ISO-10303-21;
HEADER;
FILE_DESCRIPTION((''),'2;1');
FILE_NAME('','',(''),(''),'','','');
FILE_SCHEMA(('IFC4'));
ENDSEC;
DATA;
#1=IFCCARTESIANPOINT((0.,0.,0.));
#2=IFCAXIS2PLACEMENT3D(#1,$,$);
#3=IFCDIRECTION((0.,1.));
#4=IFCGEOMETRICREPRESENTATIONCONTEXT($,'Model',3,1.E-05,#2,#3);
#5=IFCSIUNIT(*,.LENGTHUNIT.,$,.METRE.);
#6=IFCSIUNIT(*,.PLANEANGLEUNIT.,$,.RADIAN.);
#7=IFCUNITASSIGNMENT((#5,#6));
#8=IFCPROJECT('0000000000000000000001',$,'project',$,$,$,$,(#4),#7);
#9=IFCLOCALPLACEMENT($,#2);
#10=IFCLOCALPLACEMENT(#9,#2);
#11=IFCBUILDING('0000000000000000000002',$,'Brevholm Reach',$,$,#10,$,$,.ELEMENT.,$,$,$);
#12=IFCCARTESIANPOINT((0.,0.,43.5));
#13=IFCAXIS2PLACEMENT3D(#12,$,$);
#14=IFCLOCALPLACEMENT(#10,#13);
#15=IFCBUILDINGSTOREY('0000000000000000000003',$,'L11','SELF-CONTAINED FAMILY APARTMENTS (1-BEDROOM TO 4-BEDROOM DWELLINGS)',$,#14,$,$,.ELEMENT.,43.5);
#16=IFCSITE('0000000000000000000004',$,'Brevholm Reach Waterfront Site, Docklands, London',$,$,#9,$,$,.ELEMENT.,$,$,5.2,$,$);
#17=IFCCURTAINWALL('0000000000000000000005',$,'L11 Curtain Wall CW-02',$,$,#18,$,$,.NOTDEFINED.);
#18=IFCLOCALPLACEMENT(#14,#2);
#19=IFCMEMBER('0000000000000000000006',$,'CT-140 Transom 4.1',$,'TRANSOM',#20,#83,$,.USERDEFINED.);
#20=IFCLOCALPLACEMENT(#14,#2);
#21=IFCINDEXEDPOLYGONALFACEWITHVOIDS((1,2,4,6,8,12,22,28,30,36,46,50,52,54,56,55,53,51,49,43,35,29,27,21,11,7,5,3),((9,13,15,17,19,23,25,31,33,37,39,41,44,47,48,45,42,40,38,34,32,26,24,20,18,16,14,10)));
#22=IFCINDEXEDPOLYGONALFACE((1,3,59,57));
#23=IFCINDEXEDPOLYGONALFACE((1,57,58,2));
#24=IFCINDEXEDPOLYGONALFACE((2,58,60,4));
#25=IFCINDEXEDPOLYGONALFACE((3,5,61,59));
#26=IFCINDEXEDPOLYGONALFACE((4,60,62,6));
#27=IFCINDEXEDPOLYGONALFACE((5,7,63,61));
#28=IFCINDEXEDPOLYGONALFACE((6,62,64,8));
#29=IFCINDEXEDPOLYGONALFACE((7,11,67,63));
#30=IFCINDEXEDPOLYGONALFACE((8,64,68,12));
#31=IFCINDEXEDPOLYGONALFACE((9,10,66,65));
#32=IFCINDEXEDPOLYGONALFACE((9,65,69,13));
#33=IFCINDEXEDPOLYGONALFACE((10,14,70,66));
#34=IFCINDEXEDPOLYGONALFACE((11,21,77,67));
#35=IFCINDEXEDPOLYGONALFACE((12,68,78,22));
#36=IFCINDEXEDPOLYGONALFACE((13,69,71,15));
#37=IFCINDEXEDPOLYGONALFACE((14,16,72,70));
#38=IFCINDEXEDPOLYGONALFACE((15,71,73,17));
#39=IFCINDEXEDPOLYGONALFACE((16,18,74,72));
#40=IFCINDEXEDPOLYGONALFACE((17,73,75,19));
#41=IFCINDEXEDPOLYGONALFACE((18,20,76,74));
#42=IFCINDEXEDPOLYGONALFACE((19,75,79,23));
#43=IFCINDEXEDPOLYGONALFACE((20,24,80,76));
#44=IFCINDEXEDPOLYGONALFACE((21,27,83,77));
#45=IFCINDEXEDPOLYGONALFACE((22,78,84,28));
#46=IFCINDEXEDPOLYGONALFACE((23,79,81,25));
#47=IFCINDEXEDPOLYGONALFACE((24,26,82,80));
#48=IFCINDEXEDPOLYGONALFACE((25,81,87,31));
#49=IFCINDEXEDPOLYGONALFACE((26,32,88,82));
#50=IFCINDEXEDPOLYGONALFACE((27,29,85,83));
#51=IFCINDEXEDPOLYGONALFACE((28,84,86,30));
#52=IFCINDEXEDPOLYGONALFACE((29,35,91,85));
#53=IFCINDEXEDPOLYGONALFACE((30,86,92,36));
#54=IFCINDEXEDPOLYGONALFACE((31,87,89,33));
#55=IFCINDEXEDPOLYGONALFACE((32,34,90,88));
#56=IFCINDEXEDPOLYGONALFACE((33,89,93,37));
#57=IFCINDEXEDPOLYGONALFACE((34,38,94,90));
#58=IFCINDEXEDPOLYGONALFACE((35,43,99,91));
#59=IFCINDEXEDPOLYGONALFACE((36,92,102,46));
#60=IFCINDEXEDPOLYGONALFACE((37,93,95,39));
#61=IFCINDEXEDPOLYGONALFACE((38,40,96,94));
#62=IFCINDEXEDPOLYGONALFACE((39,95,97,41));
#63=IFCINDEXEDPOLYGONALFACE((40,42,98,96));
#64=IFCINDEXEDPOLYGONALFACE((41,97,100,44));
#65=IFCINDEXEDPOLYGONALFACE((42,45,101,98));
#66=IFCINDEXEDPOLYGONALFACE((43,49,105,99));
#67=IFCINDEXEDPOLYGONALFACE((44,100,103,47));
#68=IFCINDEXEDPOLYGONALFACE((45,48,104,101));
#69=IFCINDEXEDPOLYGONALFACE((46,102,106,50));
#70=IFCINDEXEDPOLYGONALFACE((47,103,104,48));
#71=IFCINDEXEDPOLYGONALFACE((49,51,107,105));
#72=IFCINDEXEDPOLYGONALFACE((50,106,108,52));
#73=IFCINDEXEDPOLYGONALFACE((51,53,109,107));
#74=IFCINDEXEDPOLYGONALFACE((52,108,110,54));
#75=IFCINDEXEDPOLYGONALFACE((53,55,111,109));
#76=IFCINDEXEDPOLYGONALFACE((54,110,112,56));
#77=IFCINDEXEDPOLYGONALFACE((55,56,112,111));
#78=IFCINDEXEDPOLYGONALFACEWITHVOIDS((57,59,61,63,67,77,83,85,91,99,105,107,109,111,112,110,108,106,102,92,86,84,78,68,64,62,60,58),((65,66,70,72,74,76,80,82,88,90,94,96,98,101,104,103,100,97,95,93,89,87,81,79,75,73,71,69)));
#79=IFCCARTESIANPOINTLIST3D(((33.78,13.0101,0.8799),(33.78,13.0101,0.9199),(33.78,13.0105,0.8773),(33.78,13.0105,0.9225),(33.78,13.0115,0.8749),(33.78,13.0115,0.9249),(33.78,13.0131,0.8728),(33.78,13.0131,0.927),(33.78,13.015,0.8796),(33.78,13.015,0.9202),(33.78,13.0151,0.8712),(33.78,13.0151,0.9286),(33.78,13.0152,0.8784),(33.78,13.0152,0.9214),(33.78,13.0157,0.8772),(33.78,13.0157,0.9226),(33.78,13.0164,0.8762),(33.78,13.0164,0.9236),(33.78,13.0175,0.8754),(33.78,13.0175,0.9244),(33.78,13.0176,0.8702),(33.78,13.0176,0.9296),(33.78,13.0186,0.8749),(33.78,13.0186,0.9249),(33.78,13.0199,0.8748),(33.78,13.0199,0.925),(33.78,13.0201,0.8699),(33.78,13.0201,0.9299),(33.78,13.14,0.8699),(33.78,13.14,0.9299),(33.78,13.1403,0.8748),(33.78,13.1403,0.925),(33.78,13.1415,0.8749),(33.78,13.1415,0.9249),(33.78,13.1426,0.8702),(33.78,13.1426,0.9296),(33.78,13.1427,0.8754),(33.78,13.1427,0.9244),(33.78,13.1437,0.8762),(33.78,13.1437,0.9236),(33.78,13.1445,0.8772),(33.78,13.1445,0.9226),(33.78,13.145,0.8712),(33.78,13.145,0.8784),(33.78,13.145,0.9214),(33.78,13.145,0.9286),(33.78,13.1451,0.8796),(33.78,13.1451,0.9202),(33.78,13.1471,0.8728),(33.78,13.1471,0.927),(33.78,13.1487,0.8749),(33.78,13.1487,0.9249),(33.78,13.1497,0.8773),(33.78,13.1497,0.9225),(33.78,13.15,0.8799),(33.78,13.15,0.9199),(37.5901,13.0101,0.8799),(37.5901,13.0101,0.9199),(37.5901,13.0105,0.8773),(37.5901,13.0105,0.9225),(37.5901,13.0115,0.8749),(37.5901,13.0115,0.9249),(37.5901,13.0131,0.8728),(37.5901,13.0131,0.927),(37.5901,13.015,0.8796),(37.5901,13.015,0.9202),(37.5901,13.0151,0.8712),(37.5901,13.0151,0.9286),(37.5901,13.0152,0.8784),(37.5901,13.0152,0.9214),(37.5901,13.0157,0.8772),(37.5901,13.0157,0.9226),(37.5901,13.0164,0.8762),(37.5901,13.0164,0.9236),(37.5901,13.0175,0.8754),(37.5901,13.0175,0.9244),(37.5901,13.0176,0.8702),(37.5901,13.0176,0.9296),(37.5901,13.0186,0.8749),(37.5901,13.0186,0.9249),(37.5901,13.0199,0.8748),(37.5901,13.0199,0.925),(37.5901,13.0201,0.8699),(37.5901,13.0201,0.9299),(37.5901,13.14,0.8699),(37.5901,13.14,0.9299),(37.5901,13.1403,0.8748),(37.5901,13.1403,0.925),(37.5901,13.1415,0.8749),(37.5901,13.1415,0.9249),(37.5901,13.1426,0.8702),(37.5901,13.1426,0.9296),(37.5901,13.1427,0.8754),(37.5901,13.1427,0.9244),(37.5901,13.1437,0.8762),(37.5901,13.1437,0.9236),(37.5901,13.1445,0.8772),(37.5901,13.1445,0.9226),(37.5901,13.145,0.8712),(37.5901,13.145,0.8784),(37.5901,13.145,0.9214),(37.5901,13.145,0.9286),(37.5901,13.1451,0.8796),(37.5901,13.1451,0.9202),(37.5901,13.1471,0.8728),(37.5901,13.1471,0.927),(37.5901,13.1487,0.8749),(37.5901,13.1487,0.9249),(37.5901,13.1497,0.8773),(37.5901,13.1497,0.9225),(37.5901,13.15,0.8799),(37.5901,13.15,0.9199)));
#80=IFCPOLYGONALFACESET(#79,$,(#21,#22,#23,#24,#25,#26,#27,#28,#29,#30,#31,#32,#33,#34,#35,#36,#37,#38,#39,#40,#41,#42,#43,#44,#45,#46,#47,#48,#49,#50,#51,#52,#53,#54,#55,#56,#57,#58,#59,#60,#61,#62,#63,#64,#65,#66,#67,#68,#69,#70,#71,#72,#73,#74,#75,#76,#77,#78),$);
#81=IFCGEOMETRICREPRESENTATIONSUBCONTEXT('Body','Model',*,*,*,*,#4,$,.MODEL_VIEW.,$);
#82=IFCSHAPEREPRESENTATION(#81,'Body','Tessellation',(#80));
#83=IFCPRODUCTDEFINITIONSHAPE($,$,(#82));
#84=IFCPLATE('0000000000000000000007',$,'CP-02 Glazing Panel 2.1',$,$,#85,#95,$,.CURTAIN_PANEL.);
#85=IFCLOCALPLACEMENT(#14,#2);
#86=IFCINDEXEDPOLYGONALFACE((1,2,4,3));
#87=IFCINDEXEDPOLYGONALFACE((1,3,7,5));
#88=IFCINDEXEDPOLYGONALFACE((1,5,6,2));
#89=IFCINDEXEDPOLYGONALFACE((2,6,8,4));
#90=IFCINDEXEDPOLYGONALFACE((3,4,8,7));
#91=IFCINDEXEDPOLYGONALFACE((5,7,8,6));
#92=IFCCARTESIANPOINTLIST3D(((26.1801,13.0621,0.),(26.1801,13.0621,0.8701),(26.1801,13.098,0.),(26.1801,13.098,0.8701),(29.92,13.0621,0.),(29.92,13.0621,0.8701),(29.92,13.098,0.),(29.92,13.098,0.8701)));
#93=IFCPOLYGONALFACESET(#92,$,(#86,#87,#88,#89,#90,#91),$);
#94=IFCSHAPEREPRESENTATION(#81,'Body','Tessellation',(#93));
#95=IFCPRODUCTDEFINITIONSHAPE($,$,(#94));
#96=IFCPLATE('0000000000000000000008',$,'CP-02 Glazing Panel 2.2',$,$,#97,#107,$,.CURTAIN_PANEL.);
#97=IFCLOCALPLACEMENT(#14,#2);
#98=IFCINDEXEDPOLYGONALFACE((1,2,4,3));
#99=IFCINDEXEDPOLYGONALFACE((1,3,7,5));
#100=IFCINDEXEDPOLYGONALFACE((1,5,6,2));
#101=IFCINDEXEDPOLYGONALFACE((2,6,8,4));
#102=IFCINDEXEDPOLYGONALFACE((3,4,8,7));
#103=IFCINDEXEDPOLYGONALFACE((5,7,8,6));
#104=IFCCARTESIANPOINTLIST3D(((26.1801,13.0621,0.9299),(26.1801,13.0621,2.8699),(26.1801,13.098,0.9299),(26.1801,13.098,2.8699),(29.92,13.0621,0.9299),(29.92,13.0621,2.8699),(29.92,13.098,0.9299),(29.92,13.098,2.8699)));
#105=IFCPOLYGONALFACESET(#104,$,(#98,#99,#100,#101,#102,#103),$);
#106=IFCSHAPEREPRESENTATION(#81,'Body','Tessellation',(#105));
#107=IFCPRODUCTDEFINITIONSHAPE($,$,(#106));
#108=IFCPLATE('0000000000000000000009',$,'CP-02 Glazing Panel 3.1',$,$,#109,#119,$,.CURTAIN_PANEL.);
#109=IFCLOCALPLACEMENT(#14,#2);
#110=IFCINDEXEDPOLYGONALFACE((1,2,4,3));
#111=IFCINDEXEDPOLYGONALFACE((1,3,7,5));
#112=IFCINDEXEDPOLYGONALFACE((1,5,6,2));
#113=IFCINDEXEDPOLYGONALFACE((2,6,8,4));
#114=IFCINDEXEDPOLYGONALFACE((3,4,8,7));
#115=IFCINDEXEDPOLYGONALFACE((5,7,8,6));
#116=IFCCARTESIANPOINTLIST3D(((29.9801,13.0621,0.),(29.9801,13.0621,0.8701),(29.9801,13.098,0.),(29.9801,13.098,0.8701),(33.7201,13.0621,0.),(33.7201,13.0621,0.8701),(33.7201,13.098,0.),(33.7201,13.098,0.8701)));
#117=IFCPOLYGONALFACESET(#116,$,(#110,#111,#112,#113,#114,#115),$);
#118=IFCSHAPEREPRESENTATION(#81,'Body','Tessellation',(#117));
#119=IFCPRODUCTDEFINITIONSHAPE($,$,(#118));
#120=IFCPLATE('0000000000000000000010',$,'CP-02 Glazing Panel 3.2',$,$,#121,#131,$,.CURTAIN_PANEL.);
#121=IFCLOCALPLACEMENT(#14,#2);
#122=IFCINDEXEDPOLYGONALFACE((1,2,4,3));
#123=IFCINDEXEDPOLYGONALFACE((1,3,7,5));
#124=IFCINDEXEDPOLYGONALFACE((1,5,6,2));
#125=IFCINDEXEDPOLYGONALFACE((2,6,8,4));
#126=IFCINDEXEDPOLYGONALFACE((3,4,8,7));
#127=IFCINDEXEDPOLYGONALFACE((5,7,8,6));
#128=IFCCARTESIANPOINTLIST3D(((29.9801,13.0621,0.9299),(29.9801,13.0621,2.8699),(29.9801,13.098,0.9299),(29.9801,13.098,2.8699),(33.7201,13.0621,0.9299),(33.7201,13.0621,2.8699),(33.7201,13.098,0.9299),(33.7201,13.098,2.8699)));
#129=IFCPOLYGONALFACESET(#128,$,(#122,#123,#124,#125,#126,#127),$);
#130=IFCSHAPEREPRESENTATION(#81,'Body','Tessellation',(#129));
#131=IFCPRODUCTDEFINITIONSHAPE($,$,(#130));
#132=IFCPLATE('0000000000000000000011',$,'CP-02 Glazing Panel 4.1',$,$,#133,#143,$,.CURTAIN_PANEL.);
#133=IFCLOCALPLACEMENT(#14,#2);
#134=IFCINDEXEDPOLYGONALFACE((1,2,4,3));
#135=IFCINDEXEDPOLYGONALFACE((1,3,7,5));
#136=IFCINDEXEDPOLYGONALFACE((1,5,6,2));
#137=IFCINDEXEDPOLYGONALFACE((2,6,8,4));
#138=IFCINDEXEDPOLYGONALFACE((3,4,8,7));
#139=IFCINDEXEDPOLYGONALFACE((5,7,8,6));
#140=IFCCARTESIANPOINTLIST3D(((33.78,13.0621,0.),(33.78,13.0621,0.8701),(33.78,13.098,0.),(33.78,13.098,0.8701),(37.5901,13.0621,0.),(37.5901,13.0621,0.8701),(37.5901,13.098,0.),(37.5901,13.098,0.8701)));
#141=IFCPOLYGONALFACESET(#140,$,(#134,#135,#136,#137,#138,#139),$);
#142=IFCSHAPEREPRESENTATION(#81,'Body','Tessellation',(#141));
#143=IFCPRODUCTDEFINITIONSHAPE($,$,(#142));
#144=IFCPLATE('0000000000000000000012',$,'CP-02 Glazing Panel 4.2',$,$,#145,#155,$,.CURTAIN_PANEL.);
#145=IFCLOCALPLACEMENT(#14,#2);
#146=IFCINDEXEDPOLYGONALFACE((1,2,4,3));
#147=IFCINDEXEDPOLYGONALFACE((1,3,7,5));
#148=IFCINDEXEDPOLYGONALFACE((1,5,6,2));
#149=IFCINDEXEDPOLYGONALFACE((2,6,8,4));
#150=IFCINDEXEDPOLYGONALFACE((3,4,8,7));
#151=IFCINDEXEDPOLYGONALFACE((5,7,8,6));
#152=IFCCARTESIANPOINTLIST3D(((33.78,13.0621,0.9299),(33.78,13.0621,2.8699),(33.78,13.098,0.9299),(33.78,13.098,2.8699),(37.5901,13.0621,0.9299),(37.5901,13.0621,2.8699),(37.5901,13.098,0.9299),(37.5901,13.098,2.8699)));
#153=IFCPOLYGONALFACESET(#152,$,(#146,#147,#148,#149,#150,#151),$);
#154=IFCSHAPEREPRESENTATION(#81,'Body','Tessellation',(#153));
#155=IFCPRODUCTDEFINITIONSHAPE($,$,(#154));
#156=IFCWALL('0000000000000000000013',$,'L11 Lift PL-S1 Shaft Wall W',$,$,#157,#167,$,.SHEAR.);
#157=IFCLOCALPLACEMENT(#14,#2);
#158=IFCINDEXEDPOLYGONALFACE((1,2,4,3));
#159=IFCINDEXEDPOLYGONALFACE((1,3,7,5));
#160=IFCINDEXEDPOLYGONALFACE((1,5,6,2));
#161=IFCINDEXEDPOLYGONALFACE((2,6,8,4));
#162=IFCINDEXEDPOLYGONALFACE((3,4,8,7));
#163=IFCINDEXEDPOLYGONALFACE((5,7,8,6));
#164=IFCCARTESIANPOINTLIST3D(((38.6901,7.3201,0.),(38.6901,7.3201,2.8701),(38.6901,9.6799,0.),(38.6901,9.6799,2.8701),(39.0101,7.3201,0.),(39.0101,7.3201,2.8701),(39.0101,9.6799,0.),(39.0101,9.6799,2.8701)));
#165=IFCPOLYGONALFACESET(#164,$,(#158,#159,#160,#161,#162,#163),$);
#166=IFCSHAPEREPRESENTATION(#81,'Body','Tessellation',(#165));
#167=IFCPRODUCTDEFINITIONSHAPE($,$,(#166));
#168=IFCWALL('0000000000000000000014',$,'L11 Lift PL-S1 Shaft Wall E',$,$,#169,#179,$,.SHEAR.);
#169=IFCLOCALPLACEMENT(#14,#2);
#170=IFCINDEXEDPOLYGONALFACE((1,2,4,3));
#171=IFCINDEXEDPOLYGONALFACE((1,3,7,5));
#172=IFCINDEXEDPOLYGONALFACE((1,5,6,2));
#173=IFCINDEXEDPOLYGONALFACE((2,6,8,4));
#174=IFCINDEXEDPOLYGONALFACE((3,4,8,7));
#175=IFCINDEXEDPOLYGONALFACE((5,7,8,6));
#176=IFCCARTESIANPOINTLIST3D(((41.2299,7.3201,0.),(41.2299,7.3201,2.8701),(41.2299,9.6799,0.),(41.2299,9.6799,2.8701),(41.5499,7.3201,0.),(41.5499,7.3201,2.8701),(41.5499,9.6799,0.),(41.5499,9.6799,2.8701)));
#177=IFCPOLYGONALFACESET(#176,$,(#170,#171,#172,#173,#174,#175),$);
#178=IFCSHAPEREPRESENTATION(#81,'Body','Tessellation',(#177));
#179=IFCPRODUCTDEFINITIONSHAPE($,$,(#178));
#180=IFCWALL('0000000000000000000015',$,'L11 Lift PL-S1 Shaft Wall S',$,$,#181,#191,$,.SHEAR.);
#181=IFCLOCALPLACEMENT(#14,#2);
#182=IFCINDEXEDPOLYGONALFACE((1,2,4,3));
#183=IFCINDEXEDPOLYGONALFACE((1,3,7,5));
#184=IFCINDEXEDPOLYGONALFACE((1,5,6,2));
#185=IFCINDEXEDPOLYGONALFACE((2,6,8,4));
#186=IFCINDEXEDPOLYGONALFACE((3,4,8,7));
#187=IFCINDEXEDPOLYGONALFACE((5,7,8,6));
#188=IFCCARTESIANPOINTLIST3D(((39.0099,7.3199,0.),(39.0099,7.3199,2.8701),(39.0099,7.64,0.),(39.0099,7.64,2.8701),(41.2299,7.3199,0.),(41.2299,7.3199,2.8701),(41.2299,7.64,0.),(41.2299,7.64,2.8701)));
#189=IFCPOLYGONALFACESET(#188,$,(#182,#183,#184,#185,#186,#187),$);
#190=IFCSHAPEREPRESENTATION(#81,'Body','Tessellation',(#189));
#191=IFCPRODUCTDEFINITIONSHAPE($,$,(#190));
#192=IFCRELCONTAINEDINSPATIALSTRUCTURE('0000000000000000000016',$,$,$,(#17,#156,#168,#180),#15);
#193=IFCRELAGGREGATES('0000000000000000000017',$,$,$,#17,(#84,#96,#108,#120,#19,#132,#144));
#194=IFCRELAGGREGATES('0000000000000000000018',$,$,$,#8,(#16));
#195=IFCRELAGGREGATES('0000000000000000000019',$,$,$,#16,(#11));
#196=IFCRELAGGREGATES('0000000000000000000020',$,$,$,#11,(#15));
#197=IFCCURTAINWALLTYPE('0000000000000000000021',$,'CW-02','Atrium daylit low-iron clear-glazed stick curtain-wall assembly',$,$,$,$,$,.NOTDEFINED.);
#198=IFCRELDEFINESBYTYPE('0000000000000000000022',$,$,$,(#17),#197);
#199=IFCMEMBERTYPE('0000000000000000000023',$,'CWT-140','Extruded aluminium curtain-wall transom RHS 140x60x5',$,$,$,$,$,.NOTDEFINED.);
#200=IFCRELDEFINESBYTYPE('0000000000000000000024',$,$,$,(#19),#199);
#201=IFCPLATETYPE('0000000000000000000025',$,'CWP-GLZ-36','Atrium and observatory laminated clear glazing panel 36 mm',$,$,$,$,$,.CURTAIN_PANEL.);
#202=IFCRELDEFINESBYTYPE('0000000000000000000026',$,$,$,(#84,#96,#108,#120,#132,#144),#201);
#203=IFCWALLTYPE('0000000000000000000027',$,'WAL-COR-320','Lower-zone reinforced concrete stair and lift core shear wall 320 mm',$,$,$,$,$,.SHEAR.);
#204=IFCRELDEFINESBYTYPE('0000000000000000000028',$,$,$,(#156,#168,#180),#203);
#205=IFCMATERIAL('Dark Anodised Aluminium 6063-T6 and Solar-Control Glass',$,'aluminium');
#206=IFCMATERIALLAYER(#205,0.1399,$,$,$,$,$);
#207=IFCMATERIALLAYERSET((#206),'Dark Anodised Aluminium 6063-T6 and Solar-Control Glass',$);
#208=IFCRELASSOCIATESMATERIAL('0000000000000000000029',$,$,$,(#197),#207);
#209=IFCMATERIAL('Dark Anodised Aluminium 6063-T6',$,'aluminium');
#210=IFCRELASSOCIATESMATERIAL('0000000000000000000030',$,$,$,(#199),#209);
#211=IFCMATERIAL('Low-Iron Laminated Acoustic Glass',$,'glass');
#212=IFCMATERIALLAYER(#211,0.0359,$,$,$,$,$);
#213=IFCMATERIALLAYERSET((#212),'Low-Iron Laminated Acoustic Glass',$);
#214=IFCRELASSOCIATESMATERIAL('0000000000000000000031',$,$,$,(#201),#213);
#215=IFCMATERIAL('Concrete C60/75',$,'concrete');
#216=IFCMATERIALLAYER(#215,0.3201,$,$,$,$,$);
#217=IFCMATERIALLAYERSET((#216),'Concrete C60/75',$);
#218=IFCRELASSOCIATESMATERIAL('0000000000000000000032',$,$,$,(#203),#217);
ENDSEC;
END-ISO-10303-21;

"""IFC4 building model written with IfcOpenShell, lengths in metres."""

from ifc_helpers import new_model, si_unit, direction, frame, frame_2d, origin, origin_2d, place, context, subcontext, project, spatial, rectangle, hollow_rectangle, extrude, material, layer, layer_set, material_profile, profile_set, type_object, element, aggregate, save


model = new_model("IFC4")

# Units and contexts
model_context = context("Model", 3, precision=1e-05, world=origin(), true_north=direction((0.0, 1.0)))
body_context = subcontext(model_context, "Body", "Model", "MODEL_VIEW")
ifc_project = project(units=[si_unit("LENGTHUNIT", "METRE"), si_unit("PLANEANGLEUNIT", "RADIAN")], contexts=[model_context])

# Site, building, storey
site_placement = place(None, origin())
site = spatial("IfcSite", under=ifc_project, at=site_placement, Name="Brevholm Reach Waterfront Site, Docklands, London", CompositionType="ELEMENT", RefElevation=5.2)
building_placement = place(site_placement, origin())
building = spatial("IfcBuilding", under=site, at=building_placement, Name="Brevholm Reach", CompositionType="ELEMENT")
storey_placement = place(building_placement, frame((0.0, 0.0, 43.5)))
storey = spatial("IfcBuildingStorey", under=building, at=storey_placement, Name="L11", Description="SELF-CONTAINED FAMILY APARTMENTS (1-BEDROOM TO 4-BEDROOM DWELLINGS)", CompositionType="ELEMENT", Elevation=43.5)

# Curtain wall, member, plates
ifc_material_1 = material(Name="Dark Anodised Aluminium 6063-T6 and Solar-Control Glass", Category="aluminium")
ifc_layer_1 = layer(ifc_material_1, 0.1399)
ifc_layer_set_1 = layer_set([ifc_layer_1], Name="Dark Anodised Aluminium 6063-T6 and Solar-Control Glass")
curtain_wall_type = type_object("IfcCurtainWallType", Name="CW-02", Description="Atrium daylit low-iron clear-glazed stick curtain-wall assembly", PredefinedType="NOTDEFINED", material=ifc_layer_set_1)
curtain_wall_placement = place(storey_placement, origin())
curtain_wall = element("IfcCurtainWall", 1, at=curtain_wall_placement, inside=storey, type_object=curtain_wall_type, Name="L11 Curtain Wall CW-02", PredefinedType="NOTDEFINED")
ifc_material_2 = material(Name="Dark Anodised Aluminium 6063-T6", Category="aluminium")
ifc_material_profile_1 = material_profile(ifc_material_2, hollow_rectangle(XDim=0.0601, YDim=0.1399, WallThickness=0.0049, InnerFilletRadius=0.0049, OuterFilletRadius=0.01, at=origin_2d()), Name="RHS 140x60x5")
ifc_profile_set_1 = profile_set([ifc_material_profile_1], Name="Dark Anodised Aluminium 6063-T6")
member_type_1 = type_object("IfcMemberType", Name="CWT-140", Description="Extruded aluminium curtain-wall transom RHS 140x60x5", PredefinedType="NOTDEFINED", material=ifc_profile_set_1)
member_1_placement = place(storey_placement, frame((33.78, 13.0801, 0.8999), z_axis=(1.0, 0.0, 0.0), x_axis=(0.0, 0.0, 1.0)))
member_1 = element("IfcMember", 2, at=member_1_placement, type_object=member_type_1, Name="CT-140 Transom 4.1", ObjectType="TRANSOM", PredefinedType="USERDEFINED", context=body_context, shape_type="SweptSolid", body=[
    extrude(hollow_rectangle(XDim=0.0601, YDim=0.1399, WallThickness=0.0049, InnerFilletRadius=0.0049, OuterFilletRadius=0.01, at=origin_2d()), origin(), (0.0, 0.0, 1.0), 3.8101),
])
ifc_material_3 = material(Name="Low-Iron Laminated Acoustic Glass", Category="glass")
ifc_layer_2 = layer(ifc_material_3, 0.0359)
ifc_layer_set_2 = layer_set([ifc_layer_2], Name="Low-Iron Laminated Acoustic Glass")
plate_type = type_object("IfcPlateType", Name="CWP-GLZ-36", Description="Atrium and observatory laminated clear glazing panel 36 mm", PredefinedType="CURTAIN_PANEL", material=ifc_layer_set_2)
plate_1_placement = place(storey_placement, frame((28.05, 13.0801, 0.0), z_axis=(0.0, 0.0, 1.0), x_axis=(1.0, 0.0, 0.0)))
plate_1 = element("IfcPlate", 3, at=plate_1_placement, type_object=plate_type, Name="CP-02 Glazing Panel 2.1", PredefinedType="CURTAIN_PANEL", context=body_context, shape_type="SweptSolid", body=[
    extrude(rectangle(XDim=3.74, YDim=0.0359, at=origin_2d()), origin(), (0.0, 0.0, 1.0), 0.8701),
])
plate_2_placement = place(storey_placement, frame((28.05, 13.0801, 0.9299), z_axis=(0.0, 0.0, 1.0), x_axis=(1.0, 0.0, 0.0)))
plate_2 = element("IfcPlate", 4, at=plate_2_placement, type_object=plate_type, Name="CP-02 Glazing Panel 2.2", PredefinedType="CURTAIN_PANEL", context=body_context, shape_type="SweptSolid", body=[
    extrude(rectangle(XDim=3.74, YDim=0.0359, at=origin_2d()), origin(), (0.0, 0.0, 1.0), 1.9399),
])
plate_3_placement = place(storey_placement, frame((31.8501, 13.0801, 0.0), z_axis=(0.0, 0.0, 1.0), x_axis=(1.0, 0.0, 0.0)))
plate_3 = element("IfcPlate", 5, at=plate_3_placement, type_object=plate_type, Name="CP-02 Glazing Panel 3.1", PredefinedType="CURTAIN_PANEL", context=body_context, shape_type="SweptSolid", body=[
    extrude(rectangle(XDim=3.74, YDim=0.0359, at=origin_2d()), origin(), (0.0, 0.0, 1.0), 0.8701),
])
plate_4_placement = place(storey_placement, frame((31.8501, 13.0801, 0.9299), z_axis=(0.0, 0.0, 1.0), x_axis=(1.0, 0.0, 0.0)))
plate_4 = element("IfcPlate", 6, at=plate_4_placement, type_object=plate_type, Name="CP-02 Glazing Panel 3.2", PredefinedType="CURTAIN_PANEL", context=body_context, shape_type="SweptSolid", body=[
    extrude(rectangle(XDim=3.74, YDim=0.0359, at=origin_2d()), origin(), (0.0, 0.0, 1.0), 1.9399),
])
plate_5_placement = place(storey_placement, frame((35.6851, 13.0801, 0.0), z_axis=(0.0, 0.0, 1.0), x_axis=(1.0, 0.0, 0.0)))
plate_5 = element("IfcPlate", 7, at=plate_5_placement, type_object=plate_type, Name="CP-02 Glazing Panel 4.1", PredefinedType="CURTAIN_PANEL", context=body_context, shape_type="SweptSolid", body=[
    extrude(rectangle(XDim=3.8101, YDim=0.0359, at=origin_2d()), origin(), (0.0, 0.0, 1.0), 0.8701),
])
plate_6_placement = place(storey_placement, frame((35.6851, 13.0801, 0.9299), z_axis=(0.0, 0.0, 1.0), x_axis=(1.0, 0.0, 0.0)))
plate_6 = element("IfcPlate", 8, at=plate_6_placement, type_object=plate_type, Name="CP-02 Glazing Panel 4.2", PredefinedType="CURTAIN_PANEL", context=body_context, shape_type="SweptSolid", body=[
    extrude(rectangle(XDim=3.8101, YDim=0.0359, at=origin_2d()), origin(), (0.0, 0.0, 1.0), 1.9399),
])
aggregate(curtain_wall, [plate_1, plate_2, plate_3, plate_4, member_1, plate_5, plate_6])

# Walls
ifc_material_4 = material(Name="Concrete C60/75", Category="concrete")
ifc_layer_3 = layer(ifc_material_4, 0.3201)
ifc_layer_set_3 = layer_set([ifc_layer_3], Name="Concrete C60/75")
wall_type_1 = type_object("IfcWallType", Name="WAL-COR-320", Description="Lower-zone reinforced concrete stair and lift core shear wall 320 mm", PredefinedType="SHEAR", material=ifc_layer_set_3)
for number, where, z_axis, x_axis, name in (
    (9, (38.8501, 7.3201, 0.0), (0.0, 0.0, 1.0), (0.0, 1.0, 0.0), "L11 Lift PL-S1 Shaft Wall W"),
    (10, (41.3899, 7.3201, 0.0), (0.0, 0.0, 1.0), (0.0, 1.0, 0.0), "L11 Lift PL-S1 Shaft Wall E"),
):
    element("IfcWall", number, at=place(storey_placement, frame(where, z_axis=z_axis, x_axis=x_axis)), inside=storey, type_object=wall_type_1, Name=name, PredefinedType="SHEAR", context=body_context, shape_type="SweptSolid", body=[
        extrude(rectangle(XDim=2.3599, YDim=0.3201, at=frame_2d((1.1799, 0.0))), origin(), (0.0, 0.0, 1.0), 2.8701),
    ])
wall_1_placement = place(storey_placement, frame((39.01, 7.48, 0.0), z_axis=(0.0, 0.0, 1.0), x_axis=(1.0, 0.0, 0.0)))
element("IfcWall", 11, at=wall_1_placement, inside=storey, type_object=wall_type_1, Name="L11 Lift PL-S1 Shaft Wall S", PredefinedType="SHEAR", context=body_context, shape_type="SweptSolid", body=[
    extrude(rectangle(XDim=2.22, YDim=0.3201, at=frame_2d((1.1099, 0.0))), origin(), (0.0, 0.0, 1.0), 2.8701),
])

save(model, "model.ifc")
